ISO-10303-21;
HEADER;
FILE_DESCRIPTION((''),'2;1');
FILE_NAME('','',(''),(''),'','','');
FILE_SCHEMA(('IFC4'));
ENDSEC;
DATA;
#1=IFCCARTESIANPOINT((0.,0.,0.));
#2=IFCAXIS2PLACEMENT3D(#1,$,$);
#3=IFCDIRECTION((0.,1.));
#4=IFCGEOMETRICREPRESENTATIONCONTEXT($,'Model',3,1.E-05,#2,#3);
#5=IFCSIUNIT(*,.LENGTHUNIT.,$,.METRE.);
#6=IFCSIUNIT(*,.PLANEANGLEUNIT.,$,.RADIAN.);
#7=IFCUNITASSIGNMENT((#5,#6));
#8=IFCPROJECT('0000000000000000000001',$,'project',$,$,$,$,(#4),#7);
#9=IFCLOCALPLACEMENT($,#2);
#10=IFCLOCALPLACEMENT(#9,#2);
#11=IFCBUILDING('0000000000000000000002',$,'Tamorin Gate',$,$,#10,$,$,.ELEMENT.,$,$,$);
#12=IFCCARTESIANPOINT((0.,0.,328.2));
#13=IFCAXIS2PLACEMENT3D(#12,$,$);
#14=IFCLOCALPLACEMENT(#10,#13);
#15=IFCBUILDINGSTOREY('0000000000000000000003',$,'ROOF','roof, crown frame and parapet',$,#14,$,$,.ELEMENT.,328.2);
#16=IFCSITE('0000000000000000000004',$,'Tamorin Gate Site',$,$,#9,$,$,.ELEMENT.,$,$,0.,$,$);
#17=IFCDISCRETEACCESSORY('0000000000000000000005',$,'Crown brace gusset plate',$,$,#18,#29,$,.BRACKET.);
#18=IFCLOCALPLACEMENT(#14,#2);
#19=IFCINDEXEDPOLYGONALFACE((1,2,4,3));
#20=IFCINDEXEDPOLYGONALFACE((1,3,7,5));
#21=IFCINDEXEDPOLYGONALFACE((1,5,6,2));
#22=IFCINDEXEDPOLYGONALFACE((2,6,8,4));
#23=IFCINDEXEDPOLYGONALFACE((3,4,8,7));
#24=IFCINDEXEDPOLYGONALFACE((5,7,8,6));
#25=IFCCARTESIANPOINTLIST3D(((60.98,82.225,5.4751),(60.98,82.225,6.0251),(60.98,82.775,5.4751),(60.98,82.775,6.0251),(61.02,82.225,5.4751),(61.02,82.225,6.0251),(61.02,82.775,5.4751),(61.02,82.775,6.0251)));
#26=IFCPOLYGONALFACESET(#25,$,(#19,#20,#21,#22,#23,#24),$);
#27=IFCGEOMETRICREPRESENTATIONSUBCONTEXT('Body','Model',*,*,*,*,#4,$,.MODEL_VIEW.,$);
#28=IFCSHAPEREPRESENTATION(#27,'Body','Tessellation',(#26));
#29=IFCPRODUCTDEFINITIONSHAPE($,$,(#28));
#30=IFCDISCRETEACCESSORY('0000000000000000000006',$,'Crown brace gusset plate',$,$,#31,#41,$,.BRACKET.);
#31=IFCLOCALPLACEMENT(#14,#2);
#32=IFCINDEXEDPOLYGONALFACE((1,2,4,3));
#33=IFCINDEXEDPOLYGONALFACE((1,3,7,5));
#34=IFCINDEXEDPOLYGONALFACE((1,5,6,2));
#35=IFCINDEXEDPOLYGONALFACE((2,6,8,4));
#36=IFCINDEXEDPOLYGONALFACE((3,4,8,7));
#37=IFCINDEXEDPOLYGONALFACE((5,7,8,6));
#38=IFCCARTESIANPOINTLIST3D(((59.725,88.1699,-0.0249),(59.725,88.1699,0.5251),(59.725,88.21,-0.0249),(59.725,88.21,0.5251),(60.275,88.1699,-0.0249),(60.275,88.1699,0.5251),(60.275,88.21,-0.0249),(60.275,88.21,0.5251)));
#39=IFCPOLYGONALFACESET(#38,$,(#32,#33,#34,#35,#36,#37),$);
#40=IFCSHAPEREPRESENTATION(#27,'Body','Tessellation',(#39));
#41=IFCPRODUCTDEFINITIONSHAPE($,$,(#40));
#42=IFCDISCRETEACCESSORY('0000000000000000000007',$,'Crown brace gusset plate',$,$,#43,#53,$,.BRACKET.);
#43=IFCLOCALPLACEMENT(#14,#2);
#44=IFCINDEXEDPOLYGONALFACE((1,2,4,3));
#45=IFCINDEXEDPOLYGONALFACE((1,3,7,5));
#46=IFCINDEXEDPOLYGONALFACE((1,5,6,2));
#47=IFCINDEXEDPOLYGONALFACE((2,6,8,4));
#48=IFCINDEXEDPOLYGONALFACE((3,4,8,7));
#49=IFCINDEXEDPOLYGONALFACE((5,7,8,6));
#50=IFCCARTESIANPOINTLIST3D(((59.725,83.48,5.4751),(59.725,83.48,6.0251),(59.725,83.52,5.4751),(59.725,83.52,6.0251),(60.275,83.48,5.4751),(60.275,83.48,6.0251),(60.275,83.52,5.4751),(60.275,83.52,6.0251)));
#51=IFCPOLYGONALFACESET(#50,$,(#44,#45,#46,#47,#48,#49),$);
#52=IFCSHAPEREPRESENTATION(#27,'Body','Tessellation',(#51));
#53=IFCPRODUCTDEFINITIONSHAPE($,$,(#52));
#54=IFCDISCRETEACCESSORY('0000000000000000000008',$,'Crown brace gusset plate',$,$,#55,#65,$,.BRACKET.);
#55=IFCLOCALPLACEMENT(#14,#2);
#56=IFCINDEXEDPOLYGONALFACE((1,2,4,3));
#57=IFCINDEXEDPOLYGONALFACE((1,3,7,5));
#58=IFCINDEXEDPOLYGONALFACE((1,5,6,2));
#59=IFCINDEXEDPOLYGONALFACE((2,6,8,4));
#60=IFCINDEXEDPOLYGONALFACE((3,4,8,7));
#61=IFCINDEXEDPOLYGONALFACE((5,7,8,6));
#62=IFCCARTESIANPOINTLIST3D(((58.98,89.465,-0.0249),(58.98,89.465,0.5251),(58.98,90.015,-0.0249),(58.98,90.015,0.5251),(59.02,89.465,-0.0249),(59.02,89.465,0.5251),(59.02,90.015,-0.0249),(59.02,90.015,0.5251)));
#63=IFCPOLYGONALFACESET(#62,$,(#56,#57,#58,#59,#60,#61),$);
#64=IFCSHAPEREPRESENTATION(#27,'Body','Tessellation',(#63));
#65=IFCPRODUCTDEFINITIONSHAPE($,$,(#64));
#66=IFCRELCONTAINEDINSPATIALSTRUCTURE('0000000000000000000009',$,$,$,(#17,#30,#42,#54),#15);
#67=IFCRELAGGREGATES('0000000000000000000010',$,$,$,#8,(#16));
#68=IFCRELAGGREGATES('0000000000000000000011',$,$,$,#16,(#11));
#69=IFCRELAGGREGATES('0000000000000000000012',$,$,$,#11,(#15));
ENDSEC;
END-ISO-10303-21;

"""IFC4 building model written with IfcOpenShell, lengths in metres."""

from ifc_helpers import new_model, si_unit, direction, frame, origin, origin_2d, place, context, subcontext, project, spatial, rectangle, extrude, element, save


model = new_model("IFC4")

# Units and contexts
model_context = context("Model", 3, precision=1e-05, world=origin(), true_north=direction((0.0, 1.0)))
body_context = subcontext(model_context, "Body", "Model", "MODEL_VIEW")
ifc_project = project(units=[si_unit("LENGTHUNIT", "METRE"), si_unit("PLANEANGLEUNIT", "RADIAN")], contexts=[model_context])

# Site, building, storey
site_placement = place(None, origin())
site = spatial("IfcSite", under=ifc_project, at=site_placement, Name="Tamorin Gate Site", CompositionType="ELEMENT", RefElevation=0.0)
building_placement = place(site_placement, origin())
building = spatial("IfcBuilding", under=site, at=building_placement, Name="Tamorin Gate", CompositionType="ELEMENT")
storey_placement = place(building_placement, frame((0.0, 0.0, 328.2)))
storey = spatial("IfcBuildingStorey", under=building, at=storey_placement, Name="ROOF", Description="roof, crown frame and parapet", CompositionType="ELEMENT", Elevation=328.2)

# Discrete accessories
for number, where, z_axis, x_axis, name in (
    (1, (61.0, 82.5, 5.4751), (0.0, 0.0, 1.0), (1.0, 0.0, 0.0), "Crown brace gusset plate"),
    (2, (60.0, 88.1899, -0.0249), (0.0, 0.0, 1.0), (0.0, 1.0, 0.0), "Crown brace gusset plate"),
    (3, (60.0, 83.5, 5.4751), (0.0, 0.0, 1.0), (0.0, 1.0, 0.0), "Crown brace gusset plate"),
    (4, (59.0, 89.74, -0.0249), (0.0, 0.0, 1.0), (1.0, 0.0, 0.0), "Crown brace gusset plate"),
):
    element("IfcDiscreteAccessory", number, at=place(storey_placement, frame(where, z_axis=z_axis, x_axis=x_axis)), inside=storey, Name=name, PredefinedType="BRACKET", context=body_context, shape_type="SweptSolid", body=[
        extrude(rectangle(XDim=0.04, YDim=0.55, at=origin_2d()), origin(), (0.0, 0.0, 1.0), 0.55),
    ])

save(model, "model.ifc")
